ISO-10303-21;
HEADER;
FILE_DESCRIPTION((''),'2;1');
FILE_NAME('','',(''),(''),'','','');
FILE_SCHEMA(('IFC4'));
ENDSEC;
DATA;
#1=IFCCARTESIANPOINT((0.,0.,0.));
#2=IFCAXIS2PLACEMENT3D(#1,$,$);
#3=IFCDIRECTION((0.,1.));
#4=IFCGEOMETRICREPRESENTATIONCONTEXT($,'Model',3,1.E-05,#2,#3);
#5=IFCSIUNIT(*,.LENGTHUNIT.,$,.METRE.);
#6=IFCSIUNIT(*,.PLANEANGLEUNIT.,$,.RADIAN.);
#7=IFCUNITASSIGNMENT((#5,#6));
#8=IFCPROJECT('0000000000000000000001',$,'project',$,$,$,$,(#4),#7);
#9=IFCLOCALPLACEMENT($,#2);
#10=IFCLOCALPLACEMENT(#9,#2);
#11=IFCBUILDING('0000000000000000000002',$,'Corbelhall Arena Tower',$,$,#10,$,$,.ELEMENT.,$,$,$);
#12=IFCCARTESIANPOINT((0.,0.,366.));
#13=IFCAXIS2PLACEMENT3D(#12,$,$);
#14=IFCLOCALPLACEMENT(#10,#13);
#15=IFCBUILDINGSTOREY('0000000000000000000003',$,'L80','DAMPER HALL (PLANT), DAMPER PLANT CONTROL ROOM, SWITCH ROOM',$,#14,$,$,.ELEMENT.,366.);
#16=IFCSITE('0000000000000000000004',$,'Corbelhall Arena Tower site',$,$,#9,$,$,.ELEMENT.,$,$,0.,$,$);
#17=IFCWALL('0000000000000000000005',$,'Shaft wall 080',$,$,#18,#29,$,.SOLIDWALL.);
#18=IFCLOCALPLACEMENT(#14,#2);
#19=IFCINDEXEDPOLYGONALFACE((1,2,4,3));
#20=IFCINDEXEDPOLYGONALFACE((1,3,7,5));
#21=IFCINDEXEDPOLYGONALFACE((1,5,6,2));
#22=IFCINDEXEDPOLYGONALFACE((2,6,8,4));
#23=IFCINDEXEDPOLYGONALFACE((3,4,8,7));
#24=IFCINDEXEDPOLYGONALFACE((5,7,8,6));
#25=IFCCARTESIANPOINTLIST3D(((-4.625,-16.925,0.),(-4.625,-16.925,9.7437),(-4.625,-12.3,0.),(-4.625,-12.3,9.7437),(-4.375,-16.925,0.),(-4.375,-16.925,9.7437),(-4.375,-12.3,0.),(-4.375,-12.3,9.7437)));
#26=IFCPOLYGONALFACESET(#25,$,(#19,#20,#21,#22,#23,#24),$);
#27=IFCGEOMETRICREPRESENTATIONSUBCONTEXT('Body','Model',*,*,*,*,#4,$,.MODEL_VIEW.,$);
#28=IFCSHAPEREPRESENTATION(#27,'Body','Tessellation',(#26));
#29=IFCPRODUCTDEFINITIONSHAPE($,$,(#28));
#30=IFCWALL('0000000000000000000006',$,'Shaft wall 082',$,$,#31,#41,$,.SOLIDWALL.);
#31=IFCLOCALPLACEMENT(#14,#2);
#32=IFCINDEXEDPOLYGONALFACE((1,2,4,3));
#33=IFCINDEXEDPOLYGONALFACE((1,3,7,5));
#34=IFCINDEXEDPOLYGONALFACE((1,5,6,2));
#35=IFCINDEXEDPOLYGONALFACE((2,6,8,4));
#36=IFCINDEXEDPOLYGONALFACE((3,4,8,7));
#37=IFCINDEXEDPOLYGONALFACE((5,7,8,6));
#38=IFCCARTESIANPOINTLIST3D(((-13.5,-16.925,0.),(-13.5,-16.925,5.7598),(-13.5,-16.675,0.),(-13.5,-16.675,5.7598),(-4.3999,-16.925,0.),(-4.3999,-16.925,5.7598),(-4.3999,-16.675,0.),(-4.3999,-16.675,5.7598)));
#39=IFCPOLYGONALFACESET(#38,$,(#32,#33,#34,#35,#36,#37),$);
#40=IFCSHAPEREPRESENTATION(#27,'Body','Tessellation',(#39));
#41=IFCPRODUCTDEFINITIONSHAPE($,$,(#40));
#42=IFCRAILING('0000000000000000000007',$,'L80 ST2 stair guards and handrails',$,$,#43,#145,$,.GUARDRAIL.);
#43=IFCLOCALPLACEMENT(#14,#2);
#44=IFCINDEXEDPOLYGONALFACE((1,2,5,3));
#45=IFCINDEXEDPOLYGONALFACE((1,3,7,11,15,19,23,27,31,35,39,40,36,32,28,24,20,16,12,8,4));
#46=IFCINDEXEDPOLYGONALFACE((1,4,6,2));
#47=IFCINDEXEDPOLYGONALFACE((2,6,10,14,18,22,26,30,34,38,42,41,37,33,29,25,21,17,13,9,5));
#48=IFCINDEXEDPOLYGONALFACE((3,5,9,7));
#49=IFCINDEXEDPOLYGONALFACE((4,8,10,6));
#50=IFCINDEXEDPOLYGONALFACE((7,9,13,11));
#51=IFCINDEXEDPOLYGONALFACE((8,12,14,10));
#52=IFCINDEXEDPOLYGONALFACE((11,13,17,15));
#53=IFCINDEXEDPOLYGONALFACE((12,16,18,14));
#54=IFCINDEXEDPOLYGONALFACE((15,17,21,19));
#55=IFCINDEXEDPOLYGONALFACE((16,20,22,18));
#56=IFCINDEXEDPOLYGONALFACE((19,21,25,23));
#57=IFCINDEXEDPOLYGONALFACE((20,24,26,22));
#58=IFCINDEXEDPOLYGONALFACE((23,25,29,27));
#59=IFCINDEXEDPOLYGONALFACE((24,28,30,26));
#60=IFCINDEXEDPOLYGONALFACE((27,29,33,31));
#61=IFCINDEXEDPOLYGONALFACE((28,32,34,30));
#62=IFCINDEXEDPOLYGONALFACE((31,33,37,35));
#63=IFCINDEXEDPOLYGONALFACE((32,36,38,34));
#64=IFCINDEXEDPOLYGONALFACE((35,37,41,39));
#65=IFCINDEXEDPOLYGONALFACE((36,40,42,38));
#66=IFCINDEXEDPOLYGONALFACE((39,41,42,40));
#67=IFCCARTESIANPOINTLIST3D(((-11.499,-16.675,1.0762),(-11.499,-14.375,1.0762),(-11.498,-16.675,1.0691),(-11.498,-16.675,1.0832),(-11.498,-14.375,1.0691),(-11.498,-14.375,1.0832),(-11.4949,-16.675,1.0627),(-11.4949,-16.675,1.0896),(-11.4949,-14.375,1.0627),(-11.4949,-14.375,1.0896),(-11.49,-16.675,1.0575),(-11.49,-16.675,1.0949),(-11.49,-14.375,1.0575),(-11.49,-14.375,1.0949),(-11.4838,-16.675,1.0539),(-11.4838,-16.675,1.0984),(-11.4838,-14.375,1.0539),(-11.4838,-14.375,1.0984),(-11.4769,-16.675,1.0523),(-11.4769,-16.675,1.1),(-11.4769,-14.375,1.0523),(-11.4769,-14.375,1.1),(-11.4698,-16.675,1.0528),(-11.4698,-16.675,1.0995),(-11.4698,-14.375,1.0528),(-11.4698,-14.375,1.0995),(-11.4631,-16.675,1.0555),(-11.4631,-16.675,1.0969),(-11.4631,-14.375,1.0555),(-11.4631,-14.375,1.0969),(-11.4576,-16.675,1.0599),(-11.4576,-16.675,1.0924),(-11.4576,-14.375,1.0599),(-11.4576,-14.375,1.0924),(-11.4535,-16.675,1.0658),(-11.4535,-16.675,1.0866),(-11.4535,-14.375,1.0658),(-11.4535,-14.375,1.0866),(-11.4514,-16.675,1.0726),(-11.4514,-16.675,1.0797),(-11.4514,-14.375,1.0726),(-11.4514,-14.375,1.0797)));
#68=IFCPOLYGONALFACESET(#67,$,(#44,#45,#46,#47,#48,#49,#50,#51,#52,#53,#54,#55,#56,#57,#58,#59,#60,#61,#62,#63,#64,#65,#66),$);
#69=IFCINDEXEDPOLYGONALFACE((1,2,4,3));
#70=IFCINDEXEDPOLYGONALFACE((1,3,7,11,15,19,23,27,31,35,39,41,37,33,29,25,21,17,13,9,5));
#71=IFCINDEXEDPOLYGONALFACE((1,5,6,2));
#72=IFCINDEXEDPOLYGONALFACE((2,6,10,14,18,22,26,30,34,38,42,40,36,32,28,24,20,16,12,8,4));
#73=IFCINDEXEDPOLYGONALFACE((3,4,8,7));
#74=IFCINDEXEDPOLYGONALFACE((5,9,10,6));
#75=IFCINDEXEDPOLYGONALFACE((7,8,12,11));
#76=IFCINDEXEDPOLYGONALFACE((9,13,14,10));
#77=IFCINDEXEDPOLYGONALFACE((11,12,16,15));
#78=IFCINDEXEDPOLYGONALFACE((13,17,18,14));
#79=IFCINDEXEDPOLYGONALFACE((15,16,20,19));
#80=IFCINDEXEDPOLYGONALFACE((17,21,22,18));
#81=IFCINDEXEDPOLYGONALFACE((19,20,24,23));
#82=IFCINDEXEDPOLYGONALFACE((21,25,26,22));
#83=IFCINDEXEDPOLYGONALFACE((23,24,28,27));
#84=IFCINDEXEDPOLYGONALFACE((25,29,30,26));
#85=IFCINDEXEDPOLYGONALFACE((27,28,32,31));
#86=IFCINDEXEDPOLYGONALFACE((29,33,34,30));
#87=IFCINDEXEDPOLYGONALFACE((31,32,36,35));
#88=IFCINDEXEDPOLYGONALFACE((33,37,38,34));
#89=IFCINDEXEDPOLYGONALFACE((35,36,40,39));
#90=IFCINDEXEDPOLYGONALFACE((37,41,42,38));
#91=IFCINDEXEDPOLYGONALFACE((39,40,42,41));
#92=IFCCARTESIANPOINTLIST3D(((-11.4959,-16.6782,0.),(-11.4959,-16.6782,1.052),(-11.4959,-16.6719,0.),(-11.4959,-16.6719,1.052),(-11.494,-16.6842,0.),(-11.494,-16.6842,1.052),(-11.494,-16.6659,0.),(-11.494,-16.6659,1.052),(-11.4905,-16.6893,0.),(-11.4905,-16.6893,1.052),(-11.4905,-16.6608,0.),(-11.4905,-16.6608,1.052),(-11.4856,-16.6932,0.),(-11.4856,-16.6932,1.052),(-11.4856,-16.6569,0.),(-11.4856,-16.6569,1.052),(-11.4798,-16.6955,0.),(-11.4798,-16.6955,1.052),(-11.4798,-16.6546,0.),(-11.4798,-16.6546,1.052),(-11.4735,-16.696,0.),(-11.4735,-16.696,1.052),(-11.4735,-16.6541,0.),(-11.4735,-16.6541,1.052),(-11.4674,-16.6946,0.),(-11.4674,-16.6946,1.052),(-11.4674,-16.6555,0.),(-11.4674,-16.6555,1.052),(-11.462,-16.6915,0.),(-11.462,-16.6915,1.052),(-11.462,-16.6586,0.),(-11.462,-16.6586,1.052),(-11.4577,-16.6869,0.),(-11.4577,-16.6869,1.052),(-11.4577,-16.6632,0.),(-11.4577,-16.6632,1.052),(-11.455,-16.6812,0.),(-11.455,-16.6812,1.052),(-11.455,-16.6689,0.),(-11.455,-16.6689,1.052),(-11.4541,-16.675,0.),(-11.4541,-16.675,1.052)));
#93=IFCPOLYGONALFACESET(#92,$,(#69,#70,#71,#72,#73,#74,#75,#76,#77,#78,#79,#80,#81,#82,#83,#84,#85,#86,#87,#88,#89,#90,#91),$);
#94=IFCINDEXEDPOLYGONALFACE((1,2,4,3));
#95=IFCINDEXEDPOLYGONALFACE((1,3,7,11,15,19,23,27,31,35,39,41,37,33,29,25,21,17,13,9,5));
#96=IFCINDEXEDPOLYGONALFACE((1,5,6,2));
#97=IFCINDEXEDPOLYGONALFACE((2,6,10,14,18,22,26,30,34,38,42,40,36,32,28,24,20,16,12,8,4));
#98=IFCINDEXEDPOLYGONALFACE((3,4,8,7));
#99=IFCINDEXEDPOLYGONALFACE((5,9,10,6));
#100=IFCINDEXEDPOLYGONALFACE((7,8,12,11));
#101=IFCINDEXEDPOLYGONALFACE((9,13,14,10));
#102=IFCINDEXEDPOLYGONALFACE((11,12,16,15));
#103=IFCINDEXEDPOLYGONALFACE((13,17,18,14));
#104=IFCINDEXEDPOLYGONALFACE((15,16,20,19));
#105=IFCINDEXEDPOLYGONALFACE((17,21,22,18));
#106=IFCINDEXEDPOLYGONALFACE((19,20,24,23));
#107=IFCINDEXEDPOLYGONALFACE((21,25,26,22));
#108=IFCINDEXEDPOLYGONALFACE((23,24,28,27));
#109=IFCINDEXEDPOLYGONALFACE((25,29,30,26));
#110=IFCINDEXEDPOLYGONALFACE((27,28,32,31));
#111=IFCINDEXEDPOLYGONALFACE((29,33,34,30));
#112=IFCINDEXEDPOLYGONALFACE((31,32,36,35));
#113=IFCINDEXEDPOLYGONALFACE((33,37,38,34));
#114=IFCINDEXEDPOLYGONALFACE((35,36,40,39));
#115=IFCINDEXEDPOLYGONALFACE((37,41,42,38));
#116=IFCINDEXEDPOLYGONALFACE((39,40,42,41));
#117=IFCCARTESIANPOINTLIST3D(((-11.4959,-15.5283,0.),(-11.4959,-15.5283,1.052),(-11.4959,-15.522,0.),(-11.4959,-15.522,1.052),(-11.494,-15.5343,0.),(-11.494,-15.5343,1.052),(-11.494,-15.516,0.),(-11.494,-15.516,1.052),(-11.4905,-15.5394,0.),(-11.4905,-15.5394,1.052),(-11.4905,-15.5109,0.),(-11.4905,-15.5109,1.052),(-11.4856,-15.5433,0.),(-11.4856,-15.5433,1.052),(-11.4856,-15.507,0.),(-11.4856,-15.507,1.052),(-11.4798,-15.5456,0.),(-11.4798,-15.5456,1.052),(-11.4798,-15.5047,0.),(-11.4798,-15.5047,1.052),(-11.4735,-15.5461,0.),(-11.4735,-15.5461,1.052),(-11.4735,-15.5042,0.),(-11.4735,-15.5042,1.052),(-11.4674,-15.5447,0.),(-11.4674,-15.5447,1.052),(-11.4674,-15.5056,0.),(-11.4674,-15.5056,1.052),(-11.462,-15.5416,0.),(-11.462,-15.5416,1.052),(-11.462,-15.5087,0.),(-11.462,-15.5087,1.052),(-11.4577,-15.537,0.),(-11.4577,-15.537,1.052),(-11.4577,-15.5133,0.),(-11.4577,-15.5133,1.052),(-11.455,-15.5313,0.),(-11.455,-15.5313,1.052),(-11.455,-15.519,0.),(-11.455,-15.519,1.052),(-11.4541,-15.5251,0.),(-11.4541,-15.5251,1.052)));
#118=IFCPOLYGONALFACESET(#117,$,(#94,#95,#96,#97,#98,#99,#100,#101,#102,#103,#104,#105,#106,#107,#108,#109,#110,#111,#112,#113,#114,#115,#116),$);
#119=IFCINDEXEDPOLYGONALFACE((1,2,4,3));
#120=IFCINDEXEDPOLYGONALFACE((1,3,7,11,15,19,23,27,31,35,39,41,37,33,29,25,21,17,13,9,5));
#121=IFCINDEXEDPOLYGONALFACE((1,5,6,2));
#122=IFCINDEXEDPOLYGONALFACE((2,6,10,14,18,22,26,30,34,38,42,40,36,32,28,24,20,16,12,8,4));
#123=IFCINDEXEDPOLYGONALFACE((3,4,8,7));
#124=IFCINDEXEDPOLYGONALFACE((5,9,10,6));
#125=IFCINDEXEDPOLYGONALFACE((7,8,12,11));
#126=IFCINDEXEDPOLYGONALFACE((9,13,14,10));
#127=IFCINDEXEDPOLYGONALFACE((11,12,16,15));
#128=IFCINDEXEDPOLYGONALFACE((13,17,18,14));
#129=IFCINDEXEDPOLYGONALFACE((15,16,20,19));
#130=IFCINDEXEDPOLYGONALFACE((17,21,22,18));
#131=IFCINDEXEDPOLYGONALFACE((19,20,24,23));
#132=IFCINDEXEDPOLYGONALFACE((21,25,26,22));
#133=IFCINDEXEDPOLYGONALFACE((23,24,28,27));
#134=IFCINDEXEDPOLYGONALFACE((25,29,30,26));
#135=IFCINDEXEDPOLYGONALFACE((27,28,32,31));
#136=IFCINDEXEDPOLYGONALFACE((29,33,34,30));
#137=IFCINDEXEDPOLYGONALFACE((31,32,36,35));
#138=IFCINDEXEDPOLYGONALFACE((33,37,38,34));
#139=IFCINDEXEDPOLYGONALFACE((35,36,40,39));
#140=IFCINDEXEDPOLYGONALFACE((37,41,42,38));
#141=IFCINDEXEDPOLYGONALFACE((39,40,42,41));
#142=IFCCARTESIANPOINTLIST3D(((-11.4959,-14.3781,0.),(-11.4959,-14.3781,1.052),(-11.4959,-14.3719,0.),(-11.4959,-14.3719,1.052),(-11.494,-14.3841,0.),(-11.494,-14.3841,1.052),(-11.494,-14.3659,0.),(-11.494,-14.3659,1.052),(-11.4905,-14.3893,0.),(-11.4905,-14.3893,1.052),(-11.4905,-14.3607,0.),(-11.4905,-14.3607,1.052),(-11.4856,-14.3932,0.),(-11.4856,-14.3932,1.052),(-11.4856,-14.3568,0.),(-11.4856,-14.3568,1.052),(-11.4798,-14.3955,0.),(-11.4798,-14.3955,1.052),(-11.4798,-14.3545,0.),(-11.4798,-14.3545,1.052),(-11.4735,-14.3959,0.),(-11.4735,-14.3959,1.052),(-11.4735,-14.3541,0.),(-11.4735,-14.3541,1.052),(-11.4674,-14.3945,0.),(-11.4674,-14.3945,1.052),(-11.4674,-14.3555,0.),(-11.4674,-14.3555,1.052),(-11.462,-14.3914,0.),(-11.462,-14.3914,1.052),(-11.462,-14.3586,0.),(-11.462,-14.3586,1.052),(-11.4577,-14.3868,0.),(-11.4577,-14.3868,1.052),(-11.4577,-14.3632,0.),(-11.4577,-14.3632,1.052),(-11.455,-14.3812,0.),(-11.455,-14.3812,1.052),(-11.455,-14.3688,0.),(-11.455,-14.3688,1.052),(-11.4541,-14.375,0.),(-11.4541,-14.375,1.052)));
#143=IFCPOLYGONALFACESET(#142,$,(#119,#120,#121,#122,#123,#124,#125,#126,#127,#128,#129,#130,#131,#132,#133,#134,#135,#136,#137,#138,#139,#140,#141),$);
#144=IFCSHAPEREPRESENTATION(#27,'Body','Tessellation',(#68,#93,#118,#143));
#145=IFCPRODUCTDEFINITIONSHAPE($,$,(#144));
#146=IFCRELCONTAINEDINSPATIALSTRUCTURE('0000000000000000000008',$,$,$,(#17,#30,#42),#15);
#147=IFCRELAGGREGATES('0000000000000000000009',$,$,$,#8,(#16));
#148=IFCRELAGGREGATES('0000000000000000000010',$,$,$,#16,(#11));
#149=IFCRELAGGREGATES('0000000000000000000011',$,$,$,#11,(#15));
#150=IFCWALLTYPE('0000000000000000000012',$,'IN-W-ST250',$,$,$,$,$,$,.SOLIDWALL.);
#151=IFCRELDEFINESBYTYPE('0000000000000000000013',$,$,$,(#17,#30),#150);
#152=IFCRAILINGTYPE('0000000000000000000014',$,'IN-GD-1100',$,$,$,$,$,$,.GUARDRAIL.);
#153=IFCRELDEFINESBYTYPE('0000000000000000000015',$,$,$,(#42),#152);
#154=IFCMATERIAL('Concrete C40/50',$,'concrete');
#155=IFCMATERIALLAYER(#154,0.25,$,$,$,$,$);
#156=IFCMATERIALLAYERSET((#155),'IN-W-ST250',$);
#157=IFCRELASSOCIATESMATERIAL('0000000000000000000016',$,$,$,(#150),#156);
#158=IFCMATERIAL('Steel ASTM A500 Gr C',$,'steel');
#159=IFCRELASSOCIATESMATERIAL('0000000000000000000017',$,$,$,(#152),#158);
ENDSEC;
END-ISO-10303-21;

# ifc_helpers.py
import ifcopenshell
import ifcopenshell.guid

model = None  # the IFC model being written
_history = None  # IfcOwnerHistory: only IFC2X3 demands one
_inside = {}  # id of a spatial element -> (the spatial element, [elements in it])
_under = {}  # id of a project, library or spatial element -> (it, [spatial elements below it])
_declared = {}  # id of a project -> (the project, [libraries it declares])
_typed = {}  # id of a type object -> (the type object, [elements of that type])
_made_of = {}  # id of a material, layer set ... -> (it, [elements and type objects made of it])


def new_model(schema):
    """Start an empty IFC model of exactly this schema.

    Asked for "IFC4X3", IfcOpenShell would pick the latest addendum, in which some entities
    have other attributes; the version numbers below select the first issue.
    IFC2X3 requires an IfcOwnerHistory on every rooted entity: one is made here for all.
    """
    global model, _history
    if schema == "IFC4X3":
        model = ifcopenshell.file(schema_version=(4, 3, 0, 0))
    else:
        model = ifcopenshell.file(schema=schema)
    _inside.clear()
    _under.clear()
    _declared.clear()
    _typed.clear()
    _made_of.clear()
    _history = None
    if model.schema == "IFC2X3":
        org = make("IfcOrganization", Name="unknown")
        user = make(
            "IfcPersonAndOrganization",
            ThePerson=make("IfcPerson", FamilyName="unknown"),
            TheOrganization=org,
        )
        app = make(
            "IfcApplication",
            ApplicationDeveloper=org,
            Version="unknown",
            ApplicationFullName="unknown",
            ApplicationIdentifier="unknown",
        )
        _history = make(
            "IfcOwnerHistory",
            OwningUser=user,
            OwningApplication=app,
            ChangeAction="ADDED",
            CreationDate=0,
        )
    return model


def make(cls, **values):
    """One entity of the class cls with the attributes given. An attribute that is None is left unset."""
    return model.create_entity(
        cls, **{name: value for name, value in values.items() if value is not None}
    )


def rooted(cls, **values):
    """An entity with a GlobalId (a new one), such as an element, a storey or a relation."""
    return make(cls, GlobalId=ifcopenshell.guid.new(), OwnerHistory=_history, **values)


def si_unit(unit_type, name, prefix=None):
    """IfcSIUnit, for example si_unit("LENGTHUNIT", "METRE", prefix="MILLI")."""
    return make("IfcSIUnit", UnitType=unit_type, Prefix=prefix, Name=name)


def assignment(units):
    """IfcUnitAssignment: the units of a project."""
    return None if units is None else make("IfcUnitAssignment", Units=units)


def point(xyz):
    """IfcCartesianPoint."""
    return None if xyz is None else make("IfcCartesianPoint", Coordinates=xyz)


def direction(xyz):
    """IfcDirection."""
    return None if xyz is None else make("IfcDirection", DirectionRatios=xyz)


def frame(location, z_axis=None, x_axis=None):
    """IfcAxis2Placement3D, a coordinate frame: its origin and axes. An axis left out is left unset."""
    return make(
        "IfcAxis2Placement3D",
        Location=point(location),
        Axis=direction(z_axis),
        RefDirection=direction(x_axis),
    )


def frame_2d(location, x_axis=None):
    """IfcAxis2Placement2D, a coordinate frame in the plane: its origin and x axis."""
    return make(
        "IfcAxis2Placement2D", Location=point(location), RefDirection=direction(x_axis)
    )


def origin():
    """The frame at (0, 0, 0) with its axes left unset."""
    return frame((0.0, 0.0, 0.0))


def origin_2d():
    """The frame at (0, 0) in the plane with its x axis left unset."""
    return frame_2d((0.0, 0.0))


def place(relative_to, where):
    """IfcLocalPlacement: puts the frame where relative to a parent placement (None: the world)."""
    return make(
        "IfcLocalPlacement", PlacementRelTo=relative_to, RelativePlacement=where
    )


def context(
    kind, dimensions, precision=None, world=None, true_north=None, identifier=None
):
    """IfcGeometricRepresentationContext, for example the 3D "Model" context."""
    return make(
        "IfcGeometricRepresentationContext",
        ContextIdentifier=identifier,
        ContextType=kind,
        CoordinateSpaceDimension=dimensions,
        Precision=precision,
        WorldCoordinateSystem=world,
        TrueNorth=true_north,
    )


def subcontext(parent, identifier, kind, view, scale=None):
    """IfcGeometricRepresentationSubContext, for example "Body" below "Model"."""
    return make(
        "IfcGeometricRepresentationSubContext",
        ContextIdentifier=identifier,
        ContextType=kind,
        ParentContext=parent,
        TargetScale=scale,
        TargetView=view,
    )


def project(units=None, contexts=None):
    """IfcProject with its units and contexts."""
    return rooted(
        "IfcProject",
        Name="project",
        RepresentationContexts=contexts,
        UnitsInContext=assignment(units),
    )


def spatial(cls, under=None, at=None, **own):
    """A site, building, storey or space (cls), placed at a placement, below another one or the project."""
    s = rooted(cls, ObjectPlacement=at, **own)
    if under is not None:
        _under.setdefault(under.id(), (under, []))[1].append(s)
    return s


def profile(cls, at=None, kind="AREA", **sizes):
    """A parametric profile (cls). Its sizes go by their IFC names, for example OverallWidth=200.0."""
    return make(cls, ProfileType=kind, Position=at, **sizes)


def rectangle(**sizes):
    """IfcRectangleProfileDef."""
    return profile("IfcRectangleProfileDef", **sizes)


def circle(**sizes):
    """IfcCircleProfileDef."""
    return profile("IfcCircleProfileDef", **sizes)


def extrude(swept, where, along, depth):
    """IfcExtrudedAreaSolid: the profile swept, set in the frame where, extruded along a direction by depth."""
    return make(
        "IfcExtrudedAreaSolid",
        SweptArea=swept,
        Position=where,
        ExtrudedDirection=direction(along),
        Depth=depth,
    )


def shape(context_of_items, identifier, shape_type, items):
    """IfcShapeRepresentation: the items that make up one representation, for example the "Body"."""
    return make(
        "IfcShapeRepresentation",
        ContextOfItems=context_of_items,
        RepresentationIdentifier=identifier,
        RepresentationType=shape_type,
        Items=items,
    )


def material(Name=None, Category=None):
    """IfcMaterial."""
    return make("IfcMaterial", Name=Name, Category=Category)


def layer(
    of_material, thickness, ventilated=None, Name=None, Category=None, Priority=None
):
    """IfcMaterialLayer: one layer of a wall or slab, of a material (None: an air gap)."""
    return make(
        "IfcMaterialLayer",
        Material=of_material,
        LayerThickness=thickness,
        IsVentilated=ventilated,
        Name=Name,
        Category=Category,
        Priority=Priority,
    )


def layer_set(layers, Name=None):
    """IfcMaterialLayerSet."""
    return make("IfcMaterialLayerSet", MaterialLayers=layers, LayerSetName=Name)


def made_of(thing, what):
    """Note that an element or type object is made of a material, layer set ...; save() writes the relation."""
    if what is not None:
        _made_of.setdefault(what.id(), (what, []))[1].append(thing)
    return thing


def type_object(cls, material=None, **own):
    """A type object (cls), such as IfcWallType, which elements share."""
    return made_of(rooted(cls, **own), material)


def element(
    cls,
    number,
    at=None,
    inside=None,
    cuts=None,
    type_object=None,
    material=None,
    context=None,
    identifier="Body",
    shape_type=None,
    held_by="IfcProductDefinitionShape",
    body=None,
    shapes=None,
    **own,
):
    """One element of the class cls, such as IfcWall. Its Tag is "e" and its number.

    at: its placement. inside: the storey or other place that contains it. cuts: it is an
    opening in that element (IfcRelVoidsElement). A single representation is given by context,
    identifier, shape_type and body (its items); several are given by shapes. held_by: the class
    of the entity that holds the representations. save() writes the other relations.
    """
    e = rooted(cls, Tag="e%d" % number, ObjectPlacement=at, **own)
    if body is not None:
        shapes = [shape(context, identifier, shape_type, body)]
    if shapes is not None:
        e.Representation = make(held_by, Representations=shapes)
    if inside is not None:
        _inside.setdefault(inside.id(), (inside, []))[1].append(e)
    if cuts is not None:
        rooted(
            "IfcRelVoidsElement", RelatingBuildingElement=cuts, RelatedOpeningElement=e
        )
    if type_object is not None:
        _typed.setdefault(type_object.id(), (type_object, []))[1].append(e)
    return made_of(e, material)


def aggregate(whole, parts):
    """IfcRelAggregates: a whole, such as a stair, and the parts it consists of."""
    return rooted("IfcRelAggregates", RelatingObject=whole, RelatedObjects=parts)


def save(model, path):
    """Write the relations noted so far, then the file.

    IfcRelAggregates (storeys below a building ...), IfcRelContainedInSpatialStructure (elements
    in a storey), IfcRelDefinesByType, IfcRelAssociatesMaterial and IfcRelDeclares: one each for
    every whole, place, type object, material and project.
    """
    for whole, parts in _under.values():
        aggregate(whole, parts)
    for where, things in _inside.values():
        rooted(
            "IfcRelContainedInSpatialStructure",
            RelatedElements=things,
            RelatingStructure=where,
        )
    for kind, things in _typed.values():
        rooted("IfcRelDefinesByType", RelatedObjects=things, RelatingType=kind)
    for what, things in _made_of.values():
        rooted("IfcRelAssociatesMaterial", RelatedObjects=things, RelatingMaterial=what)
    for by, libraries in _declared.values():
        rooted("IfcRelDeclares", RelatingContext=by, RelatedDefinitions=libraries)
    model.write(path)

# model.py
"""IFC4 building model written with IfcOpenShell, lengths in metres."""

from ifc_helpers import new_model, si_unit, direction, frame, frame_2d, origin, origin_2d, place, context, subcontext, project, spatial, rectangle, circle, extrude, material, layer, layer_set, type_object, element, save


model = new_model("IFC4")

# Units and contexts
model_context = context("Model", 3, precision=1e-05, world=origin(), true_north=direction((0.0, 1.0)))
body_context = subcontext(model_context, "Body", "Model", "MODEL_VIEW")
ifc_project = project(units=[si_unit("LENGTHUNIT", "METRE"), si_unit("PLANEANGLEUNIT", "RADIAN")], contexts=[model_context])

# Site, building, storey
site_placement = place(None, origin())
site = spatial("IfcSite", under=ifc_project, at=site_placement, Name="Corbelhall Arena Tower site", CompositionType="ELEMENT", RefElevation=0.0)
building_placement = place(site_placement, origin())
building = spatial("IfcBuilding", under=site, at=building_placement, Name="Corbelhall Arena Tower", CompositionType="ELEMENT")
storey_placement = place(building_placement, frame((0.0, 0.0, 366.0)))
storey = spatial("IfcBuildingStorey", under=building, at=storey_placement, Name="L80", Description="DAMPER HALL (PLANT), DAMPER PLANT CONTROL ROOM, SWITCH ROOM", CompositionType="ELEMENT", Elevation=366.0)

# Walls
ifc_material_1 = material(Name="Concrete C40/50", Category="concrete")
ifc_layer_1 = layer(ifc_material_1, 0.25)
ifc_layer_set_1 = layer_set([ifc_layer_1], Name="IN-W-ST250")
wall_type_1 = type_object("IfcWallType", Name="IN-W-ST250", PredefinedType="SOLIDWALL", material=ifc_layer_set_1)
wall_1_placement = place(storey_placement, frame((-4.5, -12.3, 0.0), z_axis=(0.0, 0.0, 1.0), x_axis=(0.0, -1.0, 0.0)))
element("IfcWall", 1, at=wall_1_placement, inside=storey, type_object=wall_type_1, Name="Shaft wall 080", PredefinedType="SOLIDWALL", context=body_context, shape_type="SweptSolid", body=[
    extrude(rectangle(XDim=4.625, YDim=0.25, at=frame_2d((2.3125, 0.0))), origin(), (0.0, 0.0, 1.0), 9.7437),
])
wall_2_placement = place(storey_placement, frame((-4.3999, -16.8, 0.0), z_axis=(0.0, 0.0, 1.0), x_axis=(-1.0, 0.0, 0.0)))
element("IfcWall", 2, at=wall_2_placement, inside=storey, type_object=wall_type_1, Name="Shaft wall 082", PredefinedType="SOLIDWALL", context=body_context, shape_type="SweptSolid", body=[
    extrude(rectangle(XDim=9.1001, YDim=0.25, at=frame_2d((4.55, 0.0))), origin(), (0.0, 0.0, 1.0), 5.7598),
])

# Railing
ifc_material_2 = material(Name="Steel ASTM A500 Gr C", Category="steel")
railing_type = type_object("IfcRailingType", Name="IN-GD-1100", PredefinedType="GUARDRAIL", material=ifc_material_2)
railing_placement = place(storey_placement, frame((-11.4751, -16.675, 0.0)))
element("IfcRailing", 3, at=railing_placement, inside=storey, type_object=railing_type, Name="L80 ST2 stair guards and handrails", PredefinedType="GUARDRAIL", context=body_context, shape_type="SweptSolid", body=[
    extrude(circle(Radius=0.0239, at=origin_2d()), frame((0.0, 0.0, 1.0762), z_axis=(0.0, 1.0, 0.0), x_axis=(-1.0, 0.0, 0.0)), (0.0, 0.0, 1.0), 2.3),
    extrude(circle(Radius=0.021, at=origin_2d()), origin(), (0.0, 0.0, 1.0), 1.052),
    extrude(circle(Radius=0.021, at=origin_2d()), frame((0.0, 1.1499, 0.0)), (0.0, 0.0, 1.0), 1.052),
    extrude(circle(Radius=0.021, at=origin_2d()), frame((0.0, 2.3, 0.0)), (0.0, 0.0, 1.0), 1.052),
])

save(model, "model.ifc")
